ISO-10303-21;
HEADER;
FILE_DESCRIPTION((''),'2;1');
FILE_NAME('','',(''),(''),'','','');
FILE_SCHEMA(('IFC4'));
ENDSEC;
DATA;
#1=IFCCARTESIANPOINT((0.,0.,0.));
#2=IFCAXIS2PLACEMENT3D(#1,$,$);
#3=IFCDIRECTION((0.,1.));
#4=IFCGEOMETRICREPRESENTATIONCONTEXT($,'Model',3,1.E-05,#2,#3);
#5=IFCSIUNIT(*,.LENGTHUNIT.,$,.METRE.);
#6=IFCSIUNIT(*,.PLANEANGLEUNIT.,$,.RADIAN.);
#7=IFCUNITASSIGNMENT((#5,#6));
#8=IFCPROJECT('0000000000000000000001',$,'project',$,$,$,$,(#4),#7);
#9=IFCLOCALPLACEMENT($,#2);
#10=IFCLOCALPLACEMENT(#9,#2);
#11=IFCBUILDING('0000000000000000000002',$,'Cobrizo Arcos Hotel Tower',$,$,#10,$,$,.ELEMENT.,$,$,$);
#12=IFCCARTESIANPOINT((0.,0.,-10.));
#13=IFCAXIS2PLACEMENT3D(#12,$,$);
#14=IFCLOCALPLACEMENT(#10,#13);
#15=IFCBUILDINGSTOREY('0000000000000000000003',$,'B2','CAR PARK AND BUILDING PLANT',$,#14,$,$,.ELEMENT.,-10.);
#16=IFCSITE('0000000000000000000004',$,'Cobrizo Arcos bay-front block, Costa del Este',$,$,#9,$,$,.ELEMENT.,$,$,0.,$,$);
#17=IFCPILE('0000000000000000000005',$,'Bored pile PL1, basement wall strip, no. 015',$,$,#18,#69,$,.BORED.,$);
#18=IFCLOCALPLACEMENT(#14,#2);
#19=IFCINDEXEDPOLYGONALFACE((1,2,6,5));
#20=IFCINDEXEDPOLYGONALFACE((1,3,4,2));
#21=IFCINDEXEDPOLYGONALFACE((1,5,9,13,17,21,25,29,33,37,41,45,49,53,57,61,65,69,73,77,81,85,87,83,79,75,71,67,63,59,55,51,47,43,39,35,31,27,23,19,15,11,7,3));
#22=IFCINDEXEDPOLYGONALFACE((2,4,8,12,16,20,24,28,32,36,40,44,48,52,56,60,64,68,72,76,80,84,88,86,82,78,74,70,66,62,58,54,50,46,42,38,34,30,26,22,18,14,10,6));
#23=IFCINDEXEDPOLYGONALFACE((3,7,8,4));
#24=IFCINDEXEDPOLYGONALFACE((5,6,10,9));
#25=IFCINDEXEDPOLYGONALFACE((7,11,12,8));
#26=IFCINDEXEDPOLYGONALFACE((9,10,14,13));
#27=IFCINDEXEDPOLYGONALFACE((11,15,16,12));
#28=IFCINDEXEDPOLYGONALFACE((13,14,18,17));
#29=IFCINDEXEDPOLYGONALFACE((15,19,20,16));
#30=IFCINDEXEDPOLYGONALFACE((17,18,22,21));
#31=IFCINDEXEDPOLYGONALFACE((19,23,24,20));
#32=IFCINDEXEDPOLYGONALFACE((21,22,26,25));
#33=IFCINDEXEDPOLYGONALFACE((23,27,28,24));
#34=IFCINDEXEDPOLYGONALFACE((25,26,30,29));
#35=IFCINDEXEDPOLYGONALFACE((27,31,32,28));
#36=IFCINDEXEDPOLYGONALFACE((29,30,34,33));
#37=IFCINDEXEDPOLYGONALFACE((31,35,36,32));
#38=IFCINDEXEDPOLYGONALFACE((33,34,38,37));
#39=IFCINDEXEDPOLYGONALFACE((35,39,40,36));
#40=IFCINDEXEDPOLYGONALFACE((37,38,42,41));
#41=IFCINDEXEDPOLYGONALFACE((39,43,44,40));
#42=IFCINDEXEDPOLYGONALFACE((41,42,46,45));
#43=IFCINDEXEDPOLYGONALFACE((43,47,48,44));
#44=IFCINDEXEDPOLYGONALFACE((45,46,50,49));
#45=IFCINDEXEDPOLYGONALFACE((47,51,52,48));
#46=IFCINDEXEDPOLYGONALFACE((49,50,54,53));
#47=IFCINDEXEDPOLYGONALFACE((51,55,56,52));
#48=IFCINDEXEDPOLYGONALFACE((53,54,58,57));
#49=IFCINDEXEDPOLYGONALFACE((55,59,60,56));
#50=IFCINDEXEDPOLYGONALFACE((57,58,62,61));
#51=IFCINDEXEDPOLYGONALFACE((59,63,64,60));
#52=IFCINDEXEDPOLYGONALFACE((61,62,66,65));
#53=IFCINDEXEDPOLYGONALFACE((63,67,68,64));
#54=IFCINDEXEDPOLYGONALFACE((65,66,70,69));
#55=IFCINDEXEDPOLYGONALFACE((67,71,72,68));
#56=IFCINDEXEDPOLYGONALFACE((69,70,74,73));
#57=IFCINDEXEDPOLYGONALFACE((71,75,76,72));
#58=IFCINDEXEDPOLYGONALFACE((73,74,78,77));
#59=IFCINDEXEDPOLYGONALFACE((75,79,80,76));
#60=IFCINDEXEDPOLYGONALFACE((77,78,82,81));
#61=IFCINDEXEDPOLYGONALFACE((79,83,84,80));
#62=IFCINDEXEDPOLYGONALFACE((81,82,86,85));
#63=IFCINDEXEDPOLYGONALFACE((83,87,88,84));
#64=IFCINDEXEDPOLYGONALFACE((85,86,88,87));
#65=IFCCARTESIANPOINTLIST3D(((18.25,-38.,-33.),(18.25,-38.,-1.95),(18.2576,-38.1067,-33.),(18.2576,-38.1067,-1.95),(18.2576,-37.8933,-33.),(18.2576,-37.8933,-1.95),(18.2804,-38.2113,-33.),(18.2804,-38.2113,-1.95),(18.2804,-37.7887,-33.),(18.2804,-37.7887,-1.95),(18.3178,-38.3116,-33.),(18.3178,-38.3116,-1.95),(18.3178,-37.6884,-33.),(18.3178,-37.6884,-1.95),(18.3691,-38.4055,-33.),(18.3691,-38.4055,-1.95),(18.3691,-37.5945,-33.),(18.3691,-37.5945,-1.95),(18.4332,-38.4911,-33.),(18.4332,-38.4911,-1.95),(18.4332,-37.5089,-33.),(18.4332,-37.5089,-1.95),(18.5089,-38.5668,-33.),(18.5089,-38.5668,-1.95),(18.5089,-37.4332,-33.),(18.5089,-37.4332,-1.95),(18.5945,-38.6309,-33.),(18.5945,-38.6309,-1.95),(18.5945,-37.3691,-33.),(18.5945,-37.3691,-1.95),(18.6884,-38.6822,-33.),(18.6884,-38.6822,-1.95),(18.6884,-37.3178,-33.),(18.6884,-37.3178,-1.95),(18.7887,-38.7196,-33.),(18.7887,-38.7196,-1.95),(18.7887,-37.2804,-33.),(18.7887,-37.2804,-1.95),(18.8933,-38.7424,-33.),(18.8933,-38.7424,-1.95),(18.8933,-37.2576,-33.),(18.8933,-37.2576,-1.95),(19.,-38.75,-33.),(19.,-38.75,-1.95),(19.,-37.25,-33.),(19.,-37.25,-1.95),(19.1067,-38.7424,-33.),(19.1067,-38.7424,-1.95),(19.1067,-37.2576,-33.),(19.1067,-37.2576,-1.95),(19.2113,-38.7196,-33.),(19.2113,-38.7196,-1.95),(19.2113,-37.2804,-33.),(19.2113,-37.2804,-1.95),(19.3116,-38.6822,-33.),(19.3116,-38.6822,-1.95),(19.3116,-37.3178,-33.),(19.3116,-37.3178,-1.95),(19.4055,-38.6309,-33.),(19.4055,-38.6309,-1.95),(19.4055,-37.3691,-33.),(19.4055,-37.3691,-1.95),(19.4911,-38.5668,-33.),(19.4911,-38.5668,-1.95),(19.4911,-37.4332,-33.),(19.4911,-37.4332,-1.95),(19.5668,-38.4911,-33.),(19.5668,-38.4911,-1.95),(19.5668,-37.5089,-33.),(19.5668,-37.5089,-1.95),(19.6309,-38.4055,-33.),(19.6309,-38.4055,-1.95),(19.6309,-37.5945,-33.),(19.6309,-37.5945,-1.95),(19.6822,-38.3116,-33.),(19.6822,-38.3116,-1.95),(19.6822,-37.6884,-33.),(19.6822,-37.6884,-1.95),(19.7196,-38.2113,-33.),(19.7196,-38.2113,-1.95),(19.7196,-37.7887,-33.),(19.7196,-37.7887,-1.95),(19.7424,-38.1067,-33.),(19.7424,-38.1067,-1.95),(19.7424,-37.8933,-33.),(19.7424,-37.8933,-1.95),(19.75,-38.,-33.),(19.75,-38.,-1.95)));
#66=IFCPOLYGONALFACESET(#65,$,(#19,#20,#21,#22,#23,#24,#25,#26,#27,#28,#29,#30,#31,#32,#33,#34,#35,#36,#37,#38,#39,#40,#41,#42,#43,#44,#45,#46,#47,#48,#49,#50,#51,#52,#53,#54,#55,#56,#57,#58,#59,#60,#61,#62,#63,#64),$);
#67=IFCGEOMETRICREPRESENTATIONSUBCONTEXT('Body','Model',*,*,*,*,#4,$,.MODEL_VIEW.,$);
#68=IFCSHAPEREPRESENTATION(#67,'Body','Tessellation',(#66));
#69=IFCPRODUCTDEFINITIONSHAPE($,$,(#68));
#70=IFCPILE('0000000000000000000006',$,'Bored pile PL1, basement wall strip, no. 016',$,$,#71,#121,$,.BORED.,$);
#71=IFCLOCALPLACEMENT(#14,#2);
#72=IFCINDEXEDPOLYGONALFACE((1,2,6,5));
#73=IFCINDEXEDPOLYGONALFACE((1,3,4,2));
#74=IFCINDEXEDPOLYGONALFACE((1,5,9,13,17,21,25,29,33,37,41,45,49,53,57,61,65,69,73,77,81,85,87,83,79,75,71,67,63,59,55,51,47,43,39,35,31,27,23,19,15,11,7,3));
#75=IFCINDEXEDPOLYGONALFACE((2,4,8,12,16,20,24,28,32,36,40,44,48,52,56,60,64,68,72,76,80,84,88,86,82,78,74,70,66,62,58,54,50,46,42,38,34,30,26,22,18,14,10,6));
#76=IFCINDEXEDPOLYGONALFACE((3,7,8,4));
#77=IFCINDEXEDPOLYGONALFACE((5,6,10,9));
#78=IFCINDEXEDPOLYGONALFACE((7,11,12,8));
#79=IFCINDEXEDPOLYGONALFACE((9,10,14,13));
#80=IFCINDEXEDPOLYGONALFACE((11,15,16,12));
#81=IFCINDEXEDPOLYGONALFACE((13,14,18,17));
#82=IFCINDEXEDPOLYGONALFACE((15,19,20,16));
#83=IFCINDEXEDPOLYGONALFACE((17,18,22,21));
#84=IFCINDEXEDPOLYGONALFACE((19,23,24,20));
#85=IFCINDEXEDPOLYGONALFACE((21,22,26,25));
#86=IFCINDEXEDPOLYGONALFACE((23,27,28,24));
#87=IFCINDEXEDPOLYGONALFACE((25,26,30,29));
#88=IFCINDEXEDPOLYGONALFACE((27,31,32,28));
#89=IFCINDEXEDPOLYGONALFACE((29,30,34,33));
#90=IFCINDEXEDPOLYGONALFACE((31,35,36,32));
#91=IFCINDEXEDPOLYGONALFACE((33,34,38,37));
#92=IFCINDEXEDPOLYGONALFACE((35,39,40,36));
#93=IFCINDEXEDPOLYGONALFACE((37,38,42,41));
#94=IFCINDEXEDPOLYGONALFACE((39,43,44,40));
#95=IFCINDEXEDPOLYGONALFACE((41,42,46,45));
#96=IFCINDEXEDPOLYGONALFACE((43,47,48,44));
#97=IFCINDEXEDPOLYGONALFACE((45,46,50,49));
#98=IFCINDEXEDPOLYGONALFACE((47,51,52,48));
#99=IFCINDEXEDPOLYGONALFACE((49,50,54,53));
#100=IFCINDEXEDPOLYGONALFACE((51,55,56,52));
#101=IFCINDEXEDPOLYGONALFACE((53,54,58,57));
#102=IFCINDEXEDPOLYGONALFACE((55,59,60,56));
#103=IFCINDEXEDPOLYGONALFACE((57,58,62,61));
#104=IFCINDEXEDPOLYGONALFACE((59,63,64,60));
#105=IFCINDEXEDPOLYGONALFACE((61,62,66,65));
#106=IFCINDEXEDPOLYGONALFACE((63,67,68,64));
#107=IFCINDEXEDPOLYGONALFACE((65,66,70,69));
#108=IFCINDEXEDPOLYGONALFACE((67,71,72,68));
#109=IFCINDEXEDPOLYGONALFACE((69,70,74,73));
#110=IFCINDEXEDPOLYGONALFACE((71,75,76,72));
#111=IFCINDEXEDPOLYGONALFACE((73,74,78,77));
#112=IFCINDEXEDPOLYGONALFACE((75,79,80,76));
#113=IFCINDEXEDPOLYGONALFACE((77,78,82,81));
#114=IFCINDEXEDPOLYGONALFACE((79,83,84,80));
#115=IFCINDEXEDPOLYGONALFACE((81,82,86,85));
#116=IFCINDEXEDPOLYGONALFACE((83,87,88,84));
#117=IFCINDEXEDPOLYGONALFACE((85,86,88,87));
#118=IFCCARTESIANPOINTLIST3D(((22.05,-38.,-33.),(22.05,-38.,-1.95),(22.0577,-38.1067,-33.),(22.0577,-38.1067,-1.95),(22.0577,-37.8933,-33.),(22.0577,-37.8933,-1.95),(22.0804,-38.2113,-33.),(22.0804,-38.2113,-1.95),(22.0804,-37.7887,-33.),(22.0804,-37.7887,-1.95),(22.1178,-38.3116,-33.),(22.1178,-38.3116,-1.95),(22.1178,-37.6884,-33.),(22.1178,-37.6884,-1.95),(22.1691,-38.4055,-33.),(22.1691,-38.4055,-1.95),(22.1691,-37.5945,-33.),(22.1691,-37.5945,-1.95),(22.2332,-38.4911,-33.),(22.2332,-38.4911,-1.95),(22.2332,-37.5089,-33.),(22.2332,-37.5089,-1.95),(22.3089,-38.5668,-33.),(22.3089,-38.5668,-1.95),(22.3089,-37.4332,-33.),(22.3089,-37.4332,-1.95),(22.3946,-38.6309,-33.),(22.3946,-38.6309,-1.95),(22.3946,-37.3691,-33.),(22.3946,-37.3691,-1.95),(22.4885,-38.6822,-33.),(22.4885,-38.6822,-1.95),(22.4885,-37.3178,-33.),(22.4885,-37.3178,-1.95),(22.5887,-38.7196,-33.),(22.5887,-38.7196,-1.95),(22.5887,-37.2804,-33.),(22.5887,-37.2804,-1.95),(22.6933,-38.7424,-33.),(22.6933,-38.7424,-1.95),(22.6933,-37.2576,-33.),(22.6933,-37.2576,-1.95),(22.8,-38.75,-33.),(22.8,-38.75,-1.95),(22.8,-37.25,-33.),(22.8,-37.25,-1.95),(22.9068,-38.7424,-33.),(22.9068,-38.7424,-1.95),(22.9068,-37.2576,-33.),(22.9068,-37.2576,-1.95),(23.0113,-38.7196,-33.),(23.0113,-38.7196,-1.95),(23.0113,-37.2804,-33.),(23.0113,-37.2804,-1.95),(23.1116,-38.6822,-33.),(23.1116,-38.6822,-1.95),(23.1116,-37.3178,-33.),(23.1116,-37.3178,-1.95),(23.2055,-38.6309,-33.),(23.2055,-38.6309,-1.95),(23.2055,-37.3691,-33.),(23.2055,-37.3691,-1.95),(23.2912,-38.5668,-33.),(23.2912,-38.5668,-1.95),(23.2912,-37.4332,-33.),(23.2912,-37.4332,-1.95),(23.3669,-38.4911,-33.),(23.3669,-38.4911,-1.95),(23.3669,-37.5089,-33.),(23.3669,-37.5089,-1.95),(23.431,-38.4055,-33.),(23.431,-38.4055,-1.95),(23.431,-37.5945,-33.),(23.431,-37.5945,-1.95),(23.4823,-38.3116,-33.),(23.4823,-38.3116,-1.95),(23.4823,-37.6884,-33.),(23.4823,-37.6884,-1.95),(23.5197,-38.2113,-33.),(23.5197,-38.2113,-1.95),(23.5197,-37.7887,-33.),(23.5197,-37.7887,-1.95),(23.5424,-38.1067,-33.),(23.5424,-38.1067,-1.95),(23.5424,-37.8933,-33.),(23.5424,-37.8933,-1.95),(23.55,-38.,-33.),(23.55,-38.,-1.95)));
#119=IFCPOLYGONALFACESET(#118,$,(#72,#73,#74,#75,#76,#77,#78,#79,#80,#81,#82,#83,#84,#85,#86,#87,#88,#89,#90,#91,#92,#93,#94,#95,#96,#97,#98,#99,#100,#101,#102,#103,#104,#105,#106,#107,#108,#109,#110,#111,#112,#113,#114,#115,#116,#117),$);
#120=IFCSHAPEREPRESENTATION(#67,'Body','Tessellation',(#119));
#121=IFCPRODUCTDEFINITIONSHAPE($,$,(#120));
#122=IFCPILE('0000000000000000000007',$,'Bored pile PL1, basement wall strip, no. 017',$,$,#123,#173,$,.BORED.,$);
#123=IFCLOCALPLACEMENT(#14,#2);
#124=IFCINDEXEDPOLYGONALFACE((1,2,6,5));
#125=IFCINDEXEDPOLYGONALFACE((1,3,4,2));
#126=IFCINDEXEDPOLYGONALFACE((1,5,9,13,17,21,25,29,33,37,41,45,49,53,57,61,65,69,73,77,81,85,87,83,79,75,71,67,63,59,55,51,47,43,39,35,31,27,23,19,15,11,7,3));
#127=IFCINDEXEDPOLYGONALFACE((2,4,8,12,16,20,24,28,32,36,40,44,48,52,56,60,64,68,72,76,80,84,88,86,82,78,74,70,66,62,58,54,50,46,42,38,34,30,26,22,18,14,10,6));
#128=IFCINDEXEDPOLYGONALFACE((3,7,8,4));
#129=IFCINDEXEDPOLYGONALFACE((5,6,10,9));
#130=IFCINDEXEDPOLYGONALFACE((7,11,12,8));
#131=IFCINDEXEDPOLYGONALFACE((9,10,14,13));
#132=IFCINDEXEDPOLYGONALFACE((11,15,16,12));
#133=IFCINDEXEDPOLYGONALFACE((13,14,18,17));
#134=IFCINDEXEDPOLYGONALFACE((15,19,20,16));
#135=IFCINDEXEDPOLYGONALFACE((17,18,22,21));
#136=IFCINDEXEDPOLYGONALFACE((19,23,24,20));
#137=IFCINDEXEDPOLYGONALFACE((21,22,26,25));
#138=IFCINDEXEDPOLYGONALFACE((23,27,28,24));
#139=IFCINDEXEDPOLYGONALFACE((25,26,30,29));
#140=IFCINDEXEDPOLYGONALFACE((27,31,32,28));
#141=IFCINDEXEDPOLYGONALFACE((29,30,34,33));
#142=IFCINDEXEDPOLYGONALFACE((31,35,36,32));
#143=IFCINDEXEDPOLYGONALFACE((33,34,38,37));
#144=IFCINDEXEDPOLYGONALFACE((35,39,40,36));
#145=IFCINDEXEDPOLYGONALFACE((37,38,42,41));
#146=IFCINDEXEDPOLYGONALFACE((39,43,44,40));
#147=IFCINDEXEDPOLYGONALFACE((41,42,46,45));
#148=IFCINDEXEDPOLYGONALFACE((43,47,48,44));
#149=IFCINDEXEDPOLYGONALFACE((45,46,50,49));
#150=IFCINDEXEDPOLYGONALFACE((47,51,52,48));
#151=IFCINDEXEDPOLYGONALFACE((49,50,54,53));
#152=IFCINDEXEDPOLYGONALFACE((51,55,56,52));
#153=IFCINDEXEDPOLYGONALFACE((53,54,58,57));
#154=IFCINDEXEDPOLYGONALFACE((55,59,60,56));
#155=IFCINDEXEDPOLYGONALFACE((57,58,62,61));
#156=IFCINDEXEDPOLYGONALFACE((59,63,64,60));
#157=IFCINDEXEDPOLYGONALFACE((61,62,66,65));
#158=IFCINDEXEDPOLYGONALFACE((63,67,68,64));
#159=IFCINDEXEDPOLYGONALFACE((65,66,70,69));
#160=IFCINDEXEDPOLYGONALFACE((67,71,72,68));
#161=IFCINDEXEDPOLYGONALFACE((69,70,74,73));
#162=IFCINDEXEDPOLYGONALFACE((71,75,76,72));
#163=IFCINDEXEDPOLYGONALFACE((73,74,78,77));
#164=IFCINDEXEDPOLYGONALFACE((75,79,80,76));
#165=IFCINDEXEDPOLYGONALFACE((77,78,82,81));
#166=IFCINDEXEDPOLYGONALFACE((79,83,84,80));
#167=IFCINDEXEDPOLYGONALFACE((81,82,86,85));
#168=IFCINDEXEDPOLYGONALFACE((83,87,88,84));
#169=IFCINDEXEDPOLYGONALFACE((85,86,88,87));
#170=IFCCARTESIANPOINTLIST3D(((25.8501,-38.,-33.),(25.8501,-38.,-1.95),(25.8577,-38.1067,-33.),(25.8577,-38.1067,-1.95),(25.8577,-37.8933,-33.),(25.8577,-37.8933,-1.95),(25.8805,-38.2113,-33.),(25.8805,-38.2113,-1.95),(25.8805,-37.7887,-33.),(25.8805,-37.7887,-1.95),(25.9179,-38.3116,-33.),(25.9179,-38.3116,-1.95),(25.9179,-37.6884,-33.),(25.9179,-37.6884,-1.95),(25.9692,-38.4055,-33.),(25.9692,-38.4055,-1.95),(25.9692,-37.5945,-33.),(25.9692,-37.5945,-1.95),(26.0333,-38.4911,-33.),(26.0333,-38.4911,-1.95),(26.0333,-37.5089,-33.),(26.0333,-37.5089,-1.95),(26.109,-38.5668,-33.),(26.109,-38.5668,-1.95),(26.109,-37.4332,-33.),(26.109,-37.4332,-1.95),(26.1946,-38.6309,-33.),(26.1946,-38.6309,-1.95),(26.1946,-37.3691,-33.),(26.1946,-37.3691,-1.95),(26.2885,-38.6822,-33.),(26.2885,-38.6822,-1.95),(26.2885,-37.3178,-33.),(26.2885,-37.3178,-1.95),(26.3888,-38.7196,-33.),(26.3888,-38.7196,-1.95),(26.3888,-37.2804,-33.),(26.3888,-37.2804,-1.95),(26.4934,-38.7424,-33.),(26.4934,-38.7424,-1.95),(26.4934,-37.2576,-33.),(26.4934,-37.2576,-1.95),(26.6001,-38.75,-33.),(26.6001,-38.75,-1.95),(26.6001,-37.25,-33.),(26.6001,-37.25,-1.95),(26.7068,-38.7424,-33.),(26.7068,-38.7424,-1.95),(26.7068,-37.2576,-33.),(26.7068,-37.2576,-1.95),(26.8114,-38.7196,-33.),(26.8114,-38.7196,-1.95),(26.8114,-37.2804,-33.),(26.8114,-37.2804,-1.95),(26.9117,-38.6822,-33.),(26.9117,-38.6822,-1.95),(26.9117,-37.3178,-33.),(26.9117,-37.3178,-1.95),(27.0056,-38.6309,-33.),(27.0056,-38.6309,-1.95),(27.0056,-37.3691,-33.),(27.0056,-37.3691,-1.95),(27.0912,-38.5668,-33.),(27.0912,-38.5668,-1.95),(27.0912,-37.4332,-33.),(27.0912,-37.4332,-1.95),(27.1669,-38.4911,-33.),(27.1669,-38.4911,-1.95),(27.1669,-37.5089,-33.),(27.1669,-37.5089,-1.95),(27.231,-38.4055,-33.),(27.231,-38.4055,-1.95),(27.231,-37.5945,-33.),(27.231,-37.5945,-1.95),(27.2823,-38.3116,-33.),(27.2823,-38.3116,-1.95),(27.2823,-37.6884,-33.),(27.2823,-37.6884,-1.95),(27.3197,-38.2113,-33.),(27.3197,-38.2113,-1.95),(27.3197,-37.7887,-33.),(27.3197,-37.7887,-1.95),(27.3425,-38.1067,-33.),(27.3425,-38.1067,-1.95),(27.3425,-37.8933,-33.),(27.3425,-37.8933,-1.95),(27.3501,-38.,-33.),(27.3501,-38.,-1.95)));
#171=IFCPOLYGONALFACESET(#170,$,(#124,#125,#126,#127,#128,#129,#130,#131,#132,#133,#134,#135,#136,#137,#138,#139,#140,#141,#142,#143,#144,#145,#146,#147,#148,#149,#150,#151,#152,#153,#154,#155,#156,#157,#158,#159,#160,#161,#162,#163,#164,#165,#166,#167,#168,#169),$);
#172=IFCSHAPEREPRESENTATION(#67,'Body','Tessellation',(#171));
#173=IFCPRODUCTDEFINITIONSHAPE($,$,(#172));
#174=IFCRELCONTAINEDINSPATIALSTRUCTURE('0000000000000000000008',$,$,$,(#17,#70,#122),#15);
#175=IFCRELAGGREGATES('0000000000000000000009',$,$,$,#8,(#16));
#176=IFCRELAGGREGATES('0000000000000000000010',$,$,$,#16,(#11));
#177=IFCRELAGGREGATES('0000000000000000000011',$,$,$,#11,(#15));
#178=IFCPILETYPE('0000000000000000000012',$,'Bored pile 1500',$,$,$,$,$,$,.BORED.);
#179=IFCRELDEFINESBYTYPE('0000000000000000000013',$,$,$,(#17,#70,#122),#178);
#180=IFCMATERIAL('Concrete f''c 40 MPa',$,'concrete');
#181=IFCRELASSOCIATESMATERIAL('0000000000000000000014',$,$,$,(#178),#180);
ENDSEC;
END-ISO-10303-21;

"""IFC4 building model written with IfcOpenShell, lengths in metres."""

from ifc_helpers import new_model, si_unit, direction, frame, origin, origin_2d, place, context, subcontext, project, spatial, circle, extrude, material, material_profile, profile_set, type_object, element, save


model = new_model("IFC4")

# Units and contexts
model_context = context("Model", 3, precision=1e-05, world=origin(), true_north=direction((0.0, 1.0)))
body_context = subcontext(model_context, "Body", "Model", "MODEL_VIEW")
ifc_project = project(units=[si_unit("LENGTHUNIT", "METRE"), si_unit("PLANEANGLEUNIT", "RADIAN")], contexts=[model_context])

# Site, building, storey
site_placement = place(None, origin())
site = spatial("IfcSite", under=ifc_project, at=site_placement, Name="Cobrizo Arcos bay-front block, Costa del Este", CompositionType="ELEMENT", RefElevation=0.0)
building_placement = place(site_placement, origin())
building = spatial("IfcBuilding", under=site, at=building_placement, Name="Cobrizo Arcos Hotel Tower", CompositionType="ELEMENT")
storey_placement = place(building_placement, frame((0.0, 0.0, -10.0)))
storey = spatial("IfcBuildingStorey", under=building, at=storey_placement, Name="B2", Description="CAR PARK AND BUILDING PLANT", CompositionType="ELEMENT", Elevation=-10.0)

# Piles
ifc_material_1 = material(Name="Concrete f'c 40 MPa", Category="concrete")
ifc_material_profile = material_profile(ifc_material_1, circle(Radius=0.75, at=origin_2d()), Name="BORED PILE 1500")
ifc_profile_set = profile_set([ifc_material_profile], Name="Concrete f'c 40 MPa")
pile_type = type_object("IfcPileType", Name="Bored pile 1500", PredefinedType="BORED", material=ifc_profile_set)
for number, where, z_axis, x_axis, name in (
    (1, (19.0, -38.0, -1.95), (0.0, 0.0, -1.0), (1.0, 0.0, 0.0), "Bored pile PL1, basement wall strip, no. 015"),
    (2, (22.8, -38.0, -1.95), (0.0, 0.0, -1.0), (1.0, 0.0, 0.0), "Bored pile PL1, basement wall strip, no. 016"),
    (3, (26.6001, -38.0, -1.95), (0.0, 0.0, -1.0), (1.0, 0.0, 0.0), "Bored pile PL1, basement wall strip, no. 017"),
):
    element("IfcPile", number, at=place(storey_placement, frame(where, z_axis=z_axis, x_axis=x_axis)), inside=storey, type_object=pile_type, Name=name, PredefinedType="BORED", context=body_context, shape_type="SweptSolid", body=[
        extrude(circle(Radius=0.75, at=origin_2d()), origin(), (0.0, 0.0, 1.0), 31.05),
    ])

save(model, "model.ifc")
